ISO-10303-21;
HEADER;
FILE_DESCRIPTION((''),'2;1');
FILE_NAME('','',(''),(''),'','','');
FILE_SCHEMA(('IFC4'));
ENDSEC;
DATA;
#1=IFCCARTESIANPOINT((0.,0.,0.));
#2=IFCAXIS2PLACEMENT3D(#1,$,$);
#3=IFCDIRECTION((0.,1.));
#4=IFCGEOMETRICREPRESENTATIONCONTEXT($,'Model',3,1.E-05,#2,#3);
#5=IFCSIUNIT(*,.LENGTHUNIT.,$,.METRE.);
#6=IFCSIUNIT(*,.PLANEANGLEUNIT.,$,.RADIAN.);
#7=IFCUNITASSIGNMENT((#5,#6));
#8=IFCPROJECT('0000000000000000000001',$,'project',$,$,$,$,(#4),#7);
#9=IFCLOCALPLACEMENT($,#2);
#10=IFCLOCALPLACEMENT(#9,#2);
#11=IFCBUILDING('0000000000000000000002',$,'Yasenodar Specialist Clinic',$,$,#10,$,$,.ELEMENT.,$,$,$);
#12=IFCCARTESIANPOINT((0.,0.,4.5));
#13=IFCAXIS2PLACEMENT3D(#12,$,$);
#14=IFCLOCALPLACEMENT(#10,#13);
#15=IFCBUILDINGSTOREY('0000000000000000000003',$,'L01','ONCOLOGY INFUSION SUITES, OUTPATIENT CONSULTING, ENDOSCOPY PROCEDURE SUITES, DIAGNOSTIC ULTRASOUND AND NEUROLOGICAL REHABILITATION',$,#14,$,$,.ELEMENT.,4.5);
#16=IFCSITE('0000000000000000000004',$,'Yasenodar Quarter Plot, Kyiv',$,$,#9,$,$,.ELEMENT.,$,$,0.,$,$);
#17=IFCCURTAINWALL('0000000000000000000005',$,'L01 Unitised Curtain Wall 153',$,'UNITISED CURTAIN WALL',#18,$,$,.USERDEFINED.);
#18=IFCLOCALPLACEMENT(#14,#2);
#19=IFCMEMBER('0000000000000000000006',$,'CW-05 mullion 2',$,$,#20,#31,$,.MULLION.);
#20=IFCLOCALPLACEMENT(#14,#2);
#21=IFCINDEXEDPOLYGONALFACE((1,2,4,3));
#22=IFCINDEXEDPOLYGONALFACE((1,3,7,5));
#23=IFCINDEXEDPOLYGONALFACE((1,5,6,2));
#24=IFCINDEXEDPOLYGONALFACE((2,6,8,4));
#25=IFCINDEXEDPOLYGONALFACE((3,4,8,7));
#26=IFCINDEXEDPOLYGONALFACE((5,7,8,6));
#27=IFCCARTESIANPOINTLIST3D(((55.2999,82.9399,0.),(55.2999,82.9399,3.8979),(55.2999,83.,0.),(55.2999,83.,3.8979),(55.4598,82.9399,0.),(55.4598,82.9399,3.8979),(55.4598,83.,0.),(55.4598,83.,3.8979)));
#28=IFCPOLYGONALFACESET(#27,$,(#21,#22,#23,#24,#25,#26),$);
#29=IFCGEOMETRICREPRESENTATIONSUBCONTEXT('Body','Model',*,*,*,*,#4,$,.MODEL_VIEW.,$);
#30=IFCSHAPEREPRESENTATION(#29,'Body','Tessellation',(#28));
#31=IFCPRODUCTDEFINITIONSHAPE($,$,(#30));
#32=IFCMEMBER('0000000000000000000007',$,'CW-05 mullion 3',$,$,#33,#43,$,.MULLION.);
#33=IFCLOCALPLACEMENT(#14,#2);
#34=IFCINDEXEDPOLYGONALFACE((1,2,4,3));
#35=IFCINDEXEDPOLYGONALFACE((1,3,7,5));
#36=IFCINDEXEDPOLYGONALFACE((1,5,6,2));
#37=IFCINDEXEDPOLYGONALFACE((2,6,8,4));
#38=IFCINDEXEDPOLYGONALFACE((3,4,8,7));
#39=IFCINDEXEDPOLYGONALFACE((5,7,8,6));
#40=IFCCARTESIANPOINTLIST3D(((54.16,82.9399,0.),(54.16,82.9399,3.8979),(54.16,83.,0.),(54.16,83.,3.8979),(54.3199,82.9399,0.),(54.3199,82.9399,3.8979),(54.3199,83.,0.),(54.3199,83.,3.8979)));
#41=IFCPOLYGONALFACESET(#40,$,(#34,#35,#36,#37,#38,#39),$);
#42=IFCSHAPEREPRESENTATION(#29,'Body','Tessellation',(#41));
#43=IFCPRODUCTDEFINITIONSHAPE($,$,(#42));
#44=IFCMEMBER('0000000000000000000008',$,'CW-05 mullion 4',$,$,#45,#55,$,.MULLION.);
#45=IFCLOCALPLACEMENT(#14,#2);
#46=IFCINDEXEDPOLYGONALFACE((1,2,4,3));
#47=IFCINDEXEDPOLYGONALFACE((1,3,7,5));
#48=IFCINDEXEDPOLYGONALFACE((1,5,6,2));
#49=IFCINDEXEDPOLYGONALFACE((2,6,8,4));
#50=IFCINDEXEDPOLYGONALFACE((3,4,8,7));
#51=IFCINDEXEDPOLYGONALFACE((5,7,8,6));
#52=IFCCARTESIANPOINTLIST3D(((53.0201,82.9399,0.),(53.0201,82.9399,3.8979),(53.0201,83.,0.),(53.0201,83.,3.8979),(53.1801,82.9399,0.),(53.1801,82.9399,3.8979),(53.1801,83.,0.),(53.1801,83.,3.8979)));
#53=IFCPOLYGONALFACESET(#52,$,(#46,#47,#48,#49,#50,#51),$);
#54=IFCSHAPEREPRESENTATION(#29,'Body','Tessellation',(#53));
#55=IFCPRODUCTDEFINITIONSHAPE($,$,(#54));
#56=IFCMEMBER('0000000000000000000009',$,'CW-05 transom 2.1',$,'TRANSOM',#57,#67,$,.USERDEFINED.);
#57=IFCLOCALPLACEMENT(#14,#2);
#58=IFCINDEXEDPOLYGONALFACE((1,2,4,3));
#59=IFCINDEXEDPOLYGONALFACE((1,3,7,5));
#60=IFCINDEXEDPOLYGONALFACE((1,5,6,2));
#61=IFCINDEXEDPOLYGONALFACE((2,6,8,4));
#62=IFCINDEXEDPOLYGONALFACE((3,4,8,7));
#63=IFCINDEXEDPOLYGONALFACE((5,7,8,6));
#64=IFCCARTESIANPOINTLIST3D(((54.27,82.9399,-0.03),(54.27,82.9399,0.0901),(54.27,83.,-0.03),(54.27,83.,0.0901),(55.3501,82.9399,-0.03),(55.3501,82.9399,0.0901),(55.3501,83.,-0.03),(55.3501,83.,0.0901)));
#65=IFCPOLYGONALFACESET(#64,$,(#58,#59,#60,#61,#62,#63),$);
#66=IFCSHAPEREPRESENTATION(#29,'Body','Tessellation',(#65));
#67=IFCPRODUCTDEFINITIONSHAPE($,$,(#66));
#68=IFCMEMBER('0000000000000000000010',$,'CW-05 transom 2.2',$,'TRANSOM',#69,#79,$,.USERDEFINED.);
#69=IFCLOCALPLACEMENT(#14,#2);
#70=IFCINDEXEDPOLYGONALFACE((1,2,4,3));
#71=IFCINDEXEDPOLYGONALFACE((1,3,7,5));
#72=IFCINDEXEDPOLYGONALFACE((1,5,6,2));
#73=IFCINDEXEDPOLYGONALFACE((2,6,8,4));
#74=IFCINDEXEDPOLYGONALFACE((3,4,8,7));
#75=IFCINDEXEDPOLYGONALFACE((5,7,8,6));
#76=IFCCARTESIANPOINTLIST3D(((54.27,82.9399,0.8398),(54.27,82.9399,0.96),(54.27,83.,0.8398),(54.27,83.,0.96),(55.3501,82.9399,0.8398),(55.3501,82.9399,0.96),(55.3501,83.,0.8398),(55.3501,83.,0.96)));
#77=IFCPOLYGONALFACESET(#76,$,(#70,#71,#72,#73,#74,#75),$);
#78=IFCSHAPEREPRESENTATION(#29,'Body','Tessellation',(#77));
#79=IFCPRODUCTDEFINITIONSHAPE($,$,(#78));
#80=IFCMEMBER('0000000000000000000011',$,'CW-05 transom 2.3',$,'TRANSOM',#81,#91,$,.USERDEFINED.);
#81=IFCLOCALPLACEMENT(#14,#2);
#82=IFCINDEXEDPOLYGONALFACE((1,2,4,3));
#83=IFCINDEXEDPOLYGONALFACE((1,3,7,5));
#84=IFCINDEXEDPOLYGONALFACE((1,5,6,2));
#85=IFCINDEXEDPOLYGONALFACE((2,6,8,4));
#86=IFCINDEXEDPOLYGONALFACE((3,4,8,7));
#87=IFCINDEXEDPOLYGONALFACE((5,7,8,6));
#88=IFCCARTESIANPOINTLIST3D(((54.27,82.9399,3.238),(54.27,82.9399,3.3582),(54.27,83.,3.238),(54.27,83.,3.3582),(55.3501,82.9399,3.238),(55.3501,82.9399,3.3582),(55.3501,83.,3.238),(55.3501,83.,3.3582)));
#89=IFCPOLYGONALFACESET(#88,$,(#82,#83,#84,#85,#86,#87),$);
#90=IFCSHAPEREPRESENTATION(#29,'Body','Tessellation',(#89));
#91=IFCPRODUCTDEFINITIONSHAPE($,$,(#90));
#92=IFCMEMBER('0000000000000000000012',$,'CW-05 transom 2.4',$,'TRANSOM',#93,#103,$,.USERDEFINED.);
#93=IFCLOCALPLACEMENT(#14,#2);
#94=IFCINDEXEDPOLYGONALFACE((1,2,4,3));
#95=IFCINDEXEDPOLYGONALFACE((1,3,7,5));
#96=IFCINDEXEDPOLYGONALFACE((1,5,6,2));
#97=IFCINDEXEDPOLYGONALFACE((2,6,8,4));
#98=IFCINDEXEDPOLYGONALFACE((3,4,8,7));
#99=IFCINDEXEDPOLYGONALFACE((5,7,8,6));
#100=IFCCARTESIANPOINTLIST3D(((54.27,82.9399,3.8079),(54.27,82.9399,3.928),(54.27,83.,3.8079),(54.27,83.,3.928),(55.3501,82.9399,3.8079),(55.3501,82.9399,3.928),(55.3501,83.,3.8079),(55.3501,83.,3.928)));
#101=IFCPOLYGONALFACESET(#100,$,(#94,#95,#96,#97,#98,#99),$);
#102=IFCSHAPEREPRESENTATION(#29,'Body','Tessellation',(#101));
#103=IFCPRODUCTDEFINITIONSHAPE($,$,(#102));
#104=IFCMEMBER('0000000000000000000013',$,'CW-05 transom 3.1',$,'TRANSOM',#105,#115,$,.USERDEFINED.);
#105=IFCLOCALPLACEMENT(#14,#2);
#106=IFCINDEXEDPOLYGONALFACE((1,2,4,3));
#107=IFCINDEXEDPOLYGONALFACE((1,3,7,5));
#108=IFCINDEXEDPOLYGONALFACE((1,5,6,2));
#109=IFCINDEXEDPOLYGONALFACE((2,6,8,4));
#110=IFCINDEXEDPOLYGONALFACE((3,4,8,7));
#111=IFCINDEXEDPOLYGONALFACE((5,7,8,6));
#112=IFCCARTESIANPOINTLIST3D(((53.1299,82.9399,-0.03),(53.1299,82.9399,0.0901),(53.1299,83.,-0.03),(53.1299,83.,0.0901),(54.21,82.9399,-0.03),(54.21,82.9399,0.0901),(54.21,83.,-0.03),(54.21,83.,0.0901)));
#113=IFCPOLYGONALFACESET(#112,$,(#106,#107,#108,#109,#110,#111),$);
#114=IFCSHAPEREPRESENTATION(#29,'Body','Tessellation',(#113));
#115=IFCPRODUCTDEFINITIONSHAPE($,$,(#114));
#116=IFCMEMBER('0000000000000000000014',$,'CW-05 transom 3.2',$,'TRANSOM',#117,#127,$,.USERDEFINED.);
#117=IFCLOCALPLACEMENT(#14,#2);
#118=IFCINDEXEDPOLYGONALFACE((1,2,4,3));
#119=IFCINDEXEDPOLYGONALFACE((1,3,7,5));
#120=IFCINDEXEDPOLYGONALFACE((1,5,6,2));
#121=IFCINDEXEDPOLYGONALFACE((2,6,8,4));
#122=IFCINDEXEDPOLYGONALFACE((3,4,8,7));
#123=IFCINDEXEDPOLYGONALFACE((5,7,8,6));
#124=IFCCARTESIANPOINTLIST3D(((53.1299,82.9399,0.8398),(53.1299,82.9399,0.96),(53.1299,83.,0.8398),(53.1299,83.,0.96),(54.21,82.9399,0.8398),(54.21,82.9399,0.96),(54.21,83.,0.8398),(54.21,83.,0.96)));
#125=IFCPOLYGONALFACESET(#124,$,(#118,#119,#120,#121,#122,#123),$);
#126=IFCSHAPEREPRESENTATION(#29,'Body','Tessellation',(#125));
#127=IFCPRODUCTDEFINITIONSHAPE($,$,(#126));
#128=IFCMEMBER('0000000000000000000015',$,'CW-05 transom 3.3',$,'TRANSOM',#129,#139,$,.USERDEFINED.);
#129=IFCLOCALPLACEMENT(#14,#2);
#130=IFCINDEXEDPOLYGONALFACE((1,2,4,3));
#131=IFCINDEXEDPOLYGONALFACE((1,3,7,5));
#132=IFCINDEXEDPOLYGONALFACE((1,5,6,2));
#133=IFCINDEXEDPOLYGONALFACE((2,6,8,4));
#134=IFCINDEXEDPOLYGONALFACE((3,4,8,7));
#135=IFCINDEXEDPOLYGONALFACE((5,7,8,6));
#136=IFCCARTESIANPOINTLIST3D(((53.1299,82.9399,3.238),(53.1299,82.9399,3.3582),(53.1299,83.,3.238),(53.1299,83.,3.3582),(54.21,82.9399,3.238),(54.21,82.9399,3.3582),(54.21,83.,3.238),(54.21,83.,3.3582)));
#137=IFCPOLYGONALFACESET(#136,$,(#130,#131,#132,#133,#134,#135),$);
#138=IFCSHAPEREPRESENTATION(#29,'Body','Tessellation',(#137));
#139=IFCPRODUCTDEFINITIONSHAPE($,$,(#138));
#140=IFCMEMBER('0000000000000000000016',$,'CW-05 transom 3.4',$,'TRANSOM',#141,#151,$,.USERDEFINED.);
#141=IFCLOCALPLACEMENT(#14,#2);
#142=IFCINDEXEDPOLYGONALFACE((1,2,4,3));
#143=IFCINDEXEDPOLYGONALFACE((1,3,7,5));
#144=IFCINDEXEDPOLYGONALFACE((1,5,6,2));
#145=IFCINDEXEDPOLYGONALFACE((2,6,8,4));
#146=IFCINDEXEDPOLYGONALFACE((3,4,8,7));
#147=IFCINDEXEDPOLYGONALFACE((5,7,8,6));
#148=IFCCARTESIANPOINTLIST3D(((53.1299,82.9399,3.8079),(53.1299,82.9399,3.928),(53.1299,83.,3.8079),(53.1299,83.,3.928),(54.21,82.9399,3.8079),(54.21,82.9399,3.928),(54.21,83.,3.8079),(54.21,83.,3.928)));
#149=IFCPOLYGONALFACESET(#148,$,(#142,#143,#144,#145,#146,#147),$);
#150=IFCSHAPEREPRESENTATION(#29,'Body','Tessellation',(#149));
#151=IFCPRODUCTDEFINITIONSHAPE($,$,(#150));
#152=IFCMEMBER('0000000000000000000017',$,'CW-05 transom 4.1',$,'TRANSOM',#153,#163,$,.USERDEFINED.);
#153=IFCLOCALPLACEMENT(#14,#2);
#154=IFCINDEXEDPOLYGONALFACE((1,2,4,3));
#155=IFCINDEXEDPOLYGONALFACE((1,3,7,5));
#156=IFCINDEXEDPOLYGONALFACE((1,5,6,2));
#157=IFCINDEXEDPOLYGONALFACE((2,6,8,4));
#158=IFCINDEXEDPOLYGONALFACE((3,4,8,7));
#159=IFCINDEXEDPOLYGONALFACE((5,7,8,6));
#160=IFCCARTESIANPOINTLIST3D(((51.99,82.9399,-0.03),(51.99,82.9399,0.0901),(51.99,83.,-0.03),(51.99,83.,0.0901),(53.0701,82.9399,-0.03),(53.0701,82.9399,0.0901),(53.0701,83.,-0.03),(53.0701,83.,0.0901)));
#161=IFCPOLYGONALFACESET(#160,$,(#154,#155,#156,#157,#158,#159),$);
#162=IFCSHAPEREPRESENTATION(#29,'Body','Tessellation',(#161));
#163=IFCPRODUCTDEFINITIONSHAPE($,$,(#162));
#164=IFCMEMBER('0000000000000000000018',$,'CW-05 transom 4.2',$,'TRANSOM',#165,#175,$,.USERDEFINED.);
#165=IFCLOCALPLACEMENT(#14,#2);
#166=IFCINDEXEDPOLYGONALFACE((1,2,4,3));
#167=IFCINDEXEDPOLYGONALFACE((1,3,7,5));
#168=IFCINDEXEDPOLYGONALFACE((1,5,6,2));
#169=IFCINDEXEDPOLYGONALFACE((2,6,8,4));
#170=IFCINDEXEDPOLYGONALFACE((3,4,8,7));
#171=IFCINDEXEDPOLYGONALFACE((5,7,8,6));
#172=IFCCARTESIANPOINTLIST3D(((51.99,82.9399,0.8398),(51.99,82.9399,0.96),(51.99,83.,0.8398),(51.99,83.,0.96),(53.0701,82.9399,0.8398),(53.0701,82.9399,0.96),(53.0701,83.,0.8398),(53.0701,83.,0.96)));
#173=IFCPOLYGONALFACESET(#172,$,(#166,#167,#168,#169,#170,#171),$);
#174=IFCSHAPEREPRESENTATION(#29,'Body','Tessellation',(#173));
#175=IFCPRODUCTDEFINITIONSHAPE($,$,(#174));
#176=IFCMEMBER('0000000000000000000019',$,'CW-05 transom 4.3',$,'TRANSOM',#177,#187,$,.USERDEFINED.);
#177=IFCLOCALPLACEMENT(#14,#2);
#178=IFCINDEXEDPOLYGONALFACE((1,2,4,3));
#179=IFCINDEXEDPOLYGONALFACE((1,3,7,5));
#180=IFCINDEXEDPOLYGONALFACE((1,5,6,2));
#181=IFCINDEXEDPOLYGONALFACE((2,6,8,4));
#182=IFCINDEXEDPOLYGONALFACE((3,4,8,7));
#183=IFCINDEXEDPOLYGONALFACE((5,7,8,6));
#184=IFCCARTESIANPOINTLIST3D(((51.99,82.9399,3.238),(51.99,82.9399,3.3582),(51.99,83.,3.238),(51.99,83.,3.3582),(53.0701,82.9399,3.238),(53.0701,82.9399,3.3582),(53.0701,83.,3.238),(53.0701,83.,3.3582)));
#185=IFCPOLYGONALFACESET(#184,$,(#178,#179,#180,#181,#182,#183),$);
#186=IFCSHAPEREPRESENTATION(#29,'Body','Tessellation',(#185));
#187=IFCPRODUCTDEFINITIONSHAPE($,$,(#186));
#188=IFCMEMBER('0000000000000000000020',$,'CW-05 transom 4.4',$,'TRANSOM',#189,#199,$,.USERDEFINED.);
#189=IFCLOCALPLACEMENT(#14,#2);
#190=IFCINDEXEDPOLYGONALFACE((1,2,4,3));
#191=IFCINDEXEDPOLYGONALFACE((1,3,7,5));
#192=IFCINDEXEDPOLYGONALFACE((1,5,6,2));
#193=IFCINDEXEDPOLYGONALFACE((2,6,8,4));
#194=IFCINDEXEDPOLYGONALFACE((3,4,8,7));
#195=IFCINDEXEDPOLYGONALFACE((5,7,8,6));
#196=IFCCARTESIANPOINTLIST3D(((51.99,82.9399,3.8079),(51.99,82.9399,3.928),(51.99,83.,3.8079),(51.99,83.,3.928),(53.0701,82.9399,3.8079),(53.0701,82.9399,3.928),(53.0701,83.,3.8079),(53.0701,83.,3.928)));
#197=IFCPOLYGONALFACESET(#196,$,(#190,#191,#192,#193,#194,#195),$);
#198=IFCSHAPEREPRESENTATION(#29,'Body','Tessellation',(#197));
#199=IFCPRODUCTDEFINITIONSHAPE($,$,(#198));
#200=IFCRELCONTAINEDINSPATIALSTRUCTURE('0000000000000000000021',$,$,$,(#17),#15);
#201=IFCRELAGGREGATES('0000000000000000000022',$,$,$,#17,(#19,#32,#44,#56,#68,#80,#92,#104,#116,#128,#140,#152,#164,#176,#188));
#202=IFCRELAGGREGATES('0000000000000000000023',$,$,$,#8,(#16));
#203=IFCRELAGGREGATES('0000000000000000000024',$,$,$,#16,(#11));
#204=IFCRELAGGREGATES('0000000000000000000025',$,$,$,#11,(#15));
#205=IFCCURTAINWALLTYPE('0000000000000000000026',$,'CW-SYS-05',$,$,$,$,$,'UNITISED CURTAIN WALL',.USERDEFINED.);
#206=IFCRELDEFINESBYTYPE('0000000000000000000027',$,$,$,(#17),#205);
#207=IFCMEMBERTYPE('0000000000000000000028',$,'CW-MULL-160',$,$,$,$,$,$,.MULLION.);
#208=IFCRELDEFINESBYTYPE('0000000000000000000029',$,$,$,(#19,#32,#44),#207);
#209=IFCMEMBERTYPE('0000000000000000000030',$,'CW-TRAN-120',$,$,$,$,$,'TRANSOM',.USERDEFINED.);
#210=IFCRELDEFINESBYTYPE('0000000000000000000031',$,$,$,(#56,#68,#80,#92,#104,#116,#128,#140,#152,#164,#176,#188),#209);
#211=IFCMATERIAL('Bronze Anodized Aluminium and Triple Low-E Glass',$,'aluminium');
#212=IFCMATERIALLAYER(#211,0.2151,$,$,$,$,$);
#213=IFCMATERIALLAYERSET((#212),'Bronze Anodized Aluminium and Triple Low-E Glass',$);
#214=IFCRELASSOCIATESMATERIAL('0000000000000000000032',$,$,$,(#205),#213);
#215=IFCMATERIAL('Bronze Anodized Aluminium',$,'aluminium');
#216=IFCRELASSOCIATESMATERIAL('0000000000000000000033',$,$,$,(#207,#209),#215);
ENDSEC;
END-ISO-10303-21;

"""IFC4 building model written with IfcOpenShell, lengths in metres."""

from ifc_helpers import new_model, si_unit, direction, frame, origin, origin_2d, place, context, subcontext, project, spatial, rectangle, extrude, material, layer, layer_set, material_profile, profile_set, type_object, element, aggregate, save


model = new_model("IFC4")

# Units and contexts
model_context = context("Model", 3, precision=1e-05, world=origin(), true_north=direction((0.0, 1.0)))
body_context = subcontext(model_context, "Body", "Model", "MODEL_VIEW")
ifc_project = project(units=[si_unit("LENGTHUNIT", "METRE"), si_unit("PLANEANGLEUNIT", "RADIAN")], contexts=[model_context])

# Site, building, storey
site_placement = place(None, origin())
site = spatial("IfcSite", under=ifc_project, at=site_placement, Name="Yasenodar Quarter Plot, Kyiv", CompositionType="ELEMENT", RefElevation=0.0)
building_placement = place(site_placement, origin())
building = spatial("IfcBuilding", under=site, at=building_placement, Name="Yasenodar Specialist Clinic", CompositionType="ELEMENT")
storey_placement = place(building_placement, frame((0.0, 0.0, 4.5)))
storey = spatial("IfcBuildingStorey", under=building, at=storey_placement, Name="L01", Description="ONCOLOGY INFUSION SUITES, OUTPATIENT CONSULTING, ENDOSCOPY PROCEDURE SUITES, DIAGNOSTIC ULTRASOUND AND NEUROLOGICAL REHABILITATION", CompositionType="ELEMENT", Elevation=4.5)

# Curtain wall, members
ifc_material_1 = material(Name="Bronze Anodized Aluminium and Triple Low-E Glass", Category="aluminium")
ifc_layer_1 = layer(ifc_material_1, 0.2151)
ifc_layer_set_1 = layer_set([ifc_layer_1], Name="Bronze Anodized Aluminium and Triple Low-E Glass")
curtain_wall_type = type_object("IfcCurtainWallType", Name="CW-SYS-05", ElementType="UNITISED CURTAIN WALL", PredefinedType="USERDEFINED", material=ifc_layer_set_1)
curtain_wall_placement = place(storey_placement, origin())
curtain_wall = element("IfcCurtainWall", 1, at=curtain_wall_placement, inside=storey, type_object=curtain_wall_type, Name="L01 Unitised Curtain Wall 153", ObjectType="UNITISED CURTAIN WALL", PredefinedType="USERDEFINED")
ifc_material_2 = material(Name="Bronze Anodized Aluminium", Category="aluminium")
ifc_material_profile_1 = material_profile(ifc_material_2, rectangle(XDim=0.0601, YDim=0.1599, at=origin_2d()), Name="CW-MULL 60x160")
ifc_profile_set_1 = profile_set([ifc_material_profile_1], Name="Bronze Anodized Aluminium")
member_type_1 = type_object("IfcMemberType", Name="CW-MULL-160", PredefinedType="MULLION", material=ifc_profile_set_1)
member_1_placement = place(storey_placement, frame((55.3799, 82.97, 0.0), z_axis=(0.0, 0.0, 1.0), x_axis=(0.0, -1.0, 0.0)))
member_1 = element("IfcMember", 2, at=member_1_placement, type_object=member_type_1, Name="CW-05 mullion 2", PredefinedType="MULLION", context=body_context, shape_type="SweptSolid", body=[
    extrude(rectangle(XDim=0.0601, YDim=0.1599, at=origin_2d()), origin(), (0.0, 0.0, 1.0), 3.8979),
])
member_2_placement = place(storey_placement, frame((54.24, 82.97, 0.0), z_axis=(0.0, 0.0, 1.0), x_axis=(0.0, -1.0, 0.0)))
member_2 = element("IfcMember", 3, at=member_2_placement, type_object=member_type_1, Name="CW-05 mullion 3", PredefinedType="MULLION", context=body_context, shape_type="SweptSolid", body=[
    extrude(rectangle(XDim=0.0601, YDim=0.1599, at=origin_2d()), origin(), (0.0, 0.0, 1.0), 3.8979),
])
member_3_placement = place(storey_placement, frame((53.1001, 82.97, 0.0), z_axis=(0.0, 0.0, 1.0), x_axis=(0.0, -1.0, 0.0)))
member_3 = element("IfcMember", 4, at=member_3_placement, type_object=member_type_1, Name="CW-05 mullion 4", PredefinedType="MULLION", context=body_context, shape_type="SweptSolid", body=[
    extrude(rectangle(XDim=0.0601, YDim=0.1599, at=origin_2d()), origin(), (0.0, 0.0, 1.0), 3.8979),
])
ifc_material_profile_2 = material_profile(ifc_material_2, rectangle(XDim=0.0601, YDim=0.1201, at=origin_2d()), Name="CW-TRAN 60x120")
ifc_profile_set_2 = profile_set([ifc_material_profile_2], Name="Bronze Anodized Aluminium")
member_type_2 = type_object("IfcMemberType", Name="CW-TRAN-120", ElementType="TRANSOM", PredefinedType="USERDEFINED", material=ifc_profile_set_2)
member_4_placement = place(storey_placement, frame((55.3501, 82.97, 0.03), z_axis=(-1.0, 0.0, 0.0), x_axis=(0.0, -1.0, 0.0)))
member_4 = element("IfcMember", 5, at=member_4_placement, type_object=member_type_2, Name="CW-05 transom 2.1", ObjectType="TRANSOM", PredefinedType="USERDEFINED", context=body_context, shape_type="SweptSolid", body=[
    extrude(rectangle(XDim=0.0601, YDim=0.1201, at=origin_2d()), origin(), (0.0, 0.0, 1.0), 1.0801),
])
member_5_placement = place(storey_placement, frame((55.3501, 82.97, 0.8999), z_axis=(-1.0, 0.0, 0.0), x_axis=(0.0, -1.0, 0.0)))
member_5 = element("IfcMember", 6, at=member_5_placement, type_object=member_type_2, Name="CW-05 transom 2.2", ObjectType="TRANSOM", PredefinedType="USERDEFINED", context=body_context, shape_type="SweptSolid", body=[
    extrude(rectangle(XDim=0.0601, YDim=0.1201, at=origin_2d()), origin(), (0.0, 0.0, 1.0), 1.0801),
])
member_6_placement = place(storey_placement, frame((55.3501, 82.97, 3.2981), z_axis=(-1.0, 0.0, 0.0), x_axis=(0.0, -1.0, 0.0)))
member_6 = element("IfcMember", 7, at=member_6_placement, type_object=member_type_2, Name="CW-05 transom 2.3", ObjectType="TRANSOM", PredefinedType="USERDEFINED", context=body_context, shape_type="SweptSolid", body=[
    extrude(rectangle(XDim=0.0601, YDim=0.1201, at=origin_2d()), origin(), (0.0, 0.0, 1.0), 1.0801),
])
member_7_placement = place(storey_placement, frame((55.3501, 82.97, 3.8679), z_axis=(-1.0, 0.0, 0.0), x_axis=(0.0, -1.0, 0.0)))
member_7 = element("IfcMember", 8, at=member_7_placement, type_object=member_type_2, Name="CW-05 transom 2.4", ObjectType="TRANSOM", PredefinedType="USERDEFINED", context=body_context, shape_type="SweptSolid", body=[
    extrude(rectangle(XDim=0.0601, YDim=0.1201, at=origin_2d()), origin(), (0.0, 0.0, 1.0), 1.0801),
])
member_8_placement = place(storey_placement, frame((54.21, 82.97, 0.03), z_axis=(-1.0, 0.0, 0.0), x_axis=(0.0, -1.0, 0.0)))
member_8 = element("IfcMember", 9, at=member_8_placement, type_object=member_type_2, Name="CW-05 transom 3.1", ObjectType="TRANSOM", PredefinedType="USERDEFINED", context=body_context, shape_type="SweptSolid", body=[
    extrude(rectangle(XDim=0.0601, YDim=0.1201, at=origin_2d()), origin(), (0.0, 0.0, 1.0), 1.0801),
])
member_9_placement = place(storey_placement, frame((54.21, 82.97, 0.8999), z_axis=(-1.0, 0.0, 0.0), x_axis=(0.0, -1.0, 0.0)))
member_9 = element("IfcMember", 10, at=member_9_placement, type_object=member_type_2, Name="CW-05 transom 3.2", ObjectType="TRANSOM", PredefinedType="USERDEFINED", context=body_context, shape_type="SweptSolid", body=[
    extrude(rectangle(XDim=0.0601, YDim=0.1201, at=origin_2d()), origin(), (0.0, 0.0, 1.0), 1.0801),
])
member_10_placement = place(storey_placement, frame((54.21, 82.97, 3.2981), z_axis=(-1.0, 0.0, 0.0), x_axis=(0.0, -1.0, 0.0)))
member_10 = element("IfcMember", 11, at=member_10_placement, type_object=member_type_2, Name="CW-05 transom 3.3", ObjectType="TRANSOM", PredefinedType="USERDEFINED", context=body_context, shape_type="SweptSolid", body=[
    extrude(rectangle(XDim=0.0601, YDim=0.1201, at=origin_2d()), origin(), (0.0, 0.0, 1.0), 1.0801),
])
member_11_placement = place(storey_placement, frame((54.21, 82.97, 3.8679), z_axis=(-1.0, 0.0, 0.0), x_axis=(0.0, -1.0, 0.0)))
member_11 = element("IfcMember", 12, at=member_11_placement, type_object=member_type_2, Name="CW-05 transom 3.4", ObjectType="TRANSOM", PredefinedType="USERDEFINED", context=body_context, shape_type="SweptSolid", body=[
    extrude(rectangle(XDim=0.0601, YDim=0.1201, at=origin_2d()), origin(), (0.0, 0.0, 1.0), 1.0801),
])
member_12_placement = place(storey_placement, frame((53.0701, 82.97, 0.03), z_axis=(-1.0, 0.0, 0.0), x_axis=(0.0, -1.0, 0.0)))
member_12 = element("IfcMember", 13, at=member_12_placement, type_object=member_type_2, Name="CW-05 transom 4.1", ObjectType="TRANSOM", PredefinedType="USERDEFINED", context=body_context, shape_type="SweptSolid", body=[
    extrude(rectangle(XDim=0.0601, YDim=0.1201, at=origin_2d()), origin(), (0.0, 0.0, 1.0), 1.0801),
])
member_13_placement = place(storey_placement, frame((53.0701, 82.97, 0.8999), z_axis=(-1.0, 0.0, 0.0), x_axis=(0.0, -1.0, 0.0)))
member_13 = element("IfcMember", 14, at=member_13_placement, type_object=member_type_2, Name="CW-05 transom 4.2", ObjectType="TRANSOM", PredefinedType="USERDEFINED", context=body_context, shape_type="SweptSolid", body=[
    extrude(rectangle(XDim=0.0601, YDim=0.1201, at=origin_2d()), origin(), (0.0, 0.0, 1.0), 1.0801),
])
member_14_placement = place(storey_placement, frame((53.0701, 82.97, 3.2981), z_axis=(-1.0, 0.0, 0.0), x_axis=(0.0, -1.0, 0.0)))
member_14 = element("IfcMember", 15, at=member_14_placement, type_object=member_type_2, Name="CW-05 transom 4.3", ObjectType="TRANSOM", PredefinedType="USERDEFINED", context=body_context, shape_type="SweptSolid", body=[
    extrude(rectangle(XDim=0.0601, YDim=0.1201, at=origin_2d()), origin(), (0.0, 0.0, 1.0), 1.0801),
])
member_15_placement = place(storey_placement, frame((53.0701, 82.97, 3.8679), z_axis=(-1.0, 0.0, 0.0), x_axis=(0.0, -1.0, 0.0)))
member_15 = element("IfcMember", 16, at=member_15_placement, type_object=member_type_2, Name="CW-05 transom 4.4", ObjectType="TRANSOM", PredefinedType="USERDEFINED", context=body_context, shape_type="SweptSolid", body=[
    extrude(rectangle(XDim=0.0601, YDim=0.1201, at=origin_2d()), origin(), (0.0, 0.0, 1.0), 1.0801),
])
aggregate(curtain_wall, [member_1, member_2, member_3, member_4, member_5, member_6, member_7, member_8, member_9, member_10, member_11, member_12, member_13, member_14, member_15])

save(model, "model.ifc")
